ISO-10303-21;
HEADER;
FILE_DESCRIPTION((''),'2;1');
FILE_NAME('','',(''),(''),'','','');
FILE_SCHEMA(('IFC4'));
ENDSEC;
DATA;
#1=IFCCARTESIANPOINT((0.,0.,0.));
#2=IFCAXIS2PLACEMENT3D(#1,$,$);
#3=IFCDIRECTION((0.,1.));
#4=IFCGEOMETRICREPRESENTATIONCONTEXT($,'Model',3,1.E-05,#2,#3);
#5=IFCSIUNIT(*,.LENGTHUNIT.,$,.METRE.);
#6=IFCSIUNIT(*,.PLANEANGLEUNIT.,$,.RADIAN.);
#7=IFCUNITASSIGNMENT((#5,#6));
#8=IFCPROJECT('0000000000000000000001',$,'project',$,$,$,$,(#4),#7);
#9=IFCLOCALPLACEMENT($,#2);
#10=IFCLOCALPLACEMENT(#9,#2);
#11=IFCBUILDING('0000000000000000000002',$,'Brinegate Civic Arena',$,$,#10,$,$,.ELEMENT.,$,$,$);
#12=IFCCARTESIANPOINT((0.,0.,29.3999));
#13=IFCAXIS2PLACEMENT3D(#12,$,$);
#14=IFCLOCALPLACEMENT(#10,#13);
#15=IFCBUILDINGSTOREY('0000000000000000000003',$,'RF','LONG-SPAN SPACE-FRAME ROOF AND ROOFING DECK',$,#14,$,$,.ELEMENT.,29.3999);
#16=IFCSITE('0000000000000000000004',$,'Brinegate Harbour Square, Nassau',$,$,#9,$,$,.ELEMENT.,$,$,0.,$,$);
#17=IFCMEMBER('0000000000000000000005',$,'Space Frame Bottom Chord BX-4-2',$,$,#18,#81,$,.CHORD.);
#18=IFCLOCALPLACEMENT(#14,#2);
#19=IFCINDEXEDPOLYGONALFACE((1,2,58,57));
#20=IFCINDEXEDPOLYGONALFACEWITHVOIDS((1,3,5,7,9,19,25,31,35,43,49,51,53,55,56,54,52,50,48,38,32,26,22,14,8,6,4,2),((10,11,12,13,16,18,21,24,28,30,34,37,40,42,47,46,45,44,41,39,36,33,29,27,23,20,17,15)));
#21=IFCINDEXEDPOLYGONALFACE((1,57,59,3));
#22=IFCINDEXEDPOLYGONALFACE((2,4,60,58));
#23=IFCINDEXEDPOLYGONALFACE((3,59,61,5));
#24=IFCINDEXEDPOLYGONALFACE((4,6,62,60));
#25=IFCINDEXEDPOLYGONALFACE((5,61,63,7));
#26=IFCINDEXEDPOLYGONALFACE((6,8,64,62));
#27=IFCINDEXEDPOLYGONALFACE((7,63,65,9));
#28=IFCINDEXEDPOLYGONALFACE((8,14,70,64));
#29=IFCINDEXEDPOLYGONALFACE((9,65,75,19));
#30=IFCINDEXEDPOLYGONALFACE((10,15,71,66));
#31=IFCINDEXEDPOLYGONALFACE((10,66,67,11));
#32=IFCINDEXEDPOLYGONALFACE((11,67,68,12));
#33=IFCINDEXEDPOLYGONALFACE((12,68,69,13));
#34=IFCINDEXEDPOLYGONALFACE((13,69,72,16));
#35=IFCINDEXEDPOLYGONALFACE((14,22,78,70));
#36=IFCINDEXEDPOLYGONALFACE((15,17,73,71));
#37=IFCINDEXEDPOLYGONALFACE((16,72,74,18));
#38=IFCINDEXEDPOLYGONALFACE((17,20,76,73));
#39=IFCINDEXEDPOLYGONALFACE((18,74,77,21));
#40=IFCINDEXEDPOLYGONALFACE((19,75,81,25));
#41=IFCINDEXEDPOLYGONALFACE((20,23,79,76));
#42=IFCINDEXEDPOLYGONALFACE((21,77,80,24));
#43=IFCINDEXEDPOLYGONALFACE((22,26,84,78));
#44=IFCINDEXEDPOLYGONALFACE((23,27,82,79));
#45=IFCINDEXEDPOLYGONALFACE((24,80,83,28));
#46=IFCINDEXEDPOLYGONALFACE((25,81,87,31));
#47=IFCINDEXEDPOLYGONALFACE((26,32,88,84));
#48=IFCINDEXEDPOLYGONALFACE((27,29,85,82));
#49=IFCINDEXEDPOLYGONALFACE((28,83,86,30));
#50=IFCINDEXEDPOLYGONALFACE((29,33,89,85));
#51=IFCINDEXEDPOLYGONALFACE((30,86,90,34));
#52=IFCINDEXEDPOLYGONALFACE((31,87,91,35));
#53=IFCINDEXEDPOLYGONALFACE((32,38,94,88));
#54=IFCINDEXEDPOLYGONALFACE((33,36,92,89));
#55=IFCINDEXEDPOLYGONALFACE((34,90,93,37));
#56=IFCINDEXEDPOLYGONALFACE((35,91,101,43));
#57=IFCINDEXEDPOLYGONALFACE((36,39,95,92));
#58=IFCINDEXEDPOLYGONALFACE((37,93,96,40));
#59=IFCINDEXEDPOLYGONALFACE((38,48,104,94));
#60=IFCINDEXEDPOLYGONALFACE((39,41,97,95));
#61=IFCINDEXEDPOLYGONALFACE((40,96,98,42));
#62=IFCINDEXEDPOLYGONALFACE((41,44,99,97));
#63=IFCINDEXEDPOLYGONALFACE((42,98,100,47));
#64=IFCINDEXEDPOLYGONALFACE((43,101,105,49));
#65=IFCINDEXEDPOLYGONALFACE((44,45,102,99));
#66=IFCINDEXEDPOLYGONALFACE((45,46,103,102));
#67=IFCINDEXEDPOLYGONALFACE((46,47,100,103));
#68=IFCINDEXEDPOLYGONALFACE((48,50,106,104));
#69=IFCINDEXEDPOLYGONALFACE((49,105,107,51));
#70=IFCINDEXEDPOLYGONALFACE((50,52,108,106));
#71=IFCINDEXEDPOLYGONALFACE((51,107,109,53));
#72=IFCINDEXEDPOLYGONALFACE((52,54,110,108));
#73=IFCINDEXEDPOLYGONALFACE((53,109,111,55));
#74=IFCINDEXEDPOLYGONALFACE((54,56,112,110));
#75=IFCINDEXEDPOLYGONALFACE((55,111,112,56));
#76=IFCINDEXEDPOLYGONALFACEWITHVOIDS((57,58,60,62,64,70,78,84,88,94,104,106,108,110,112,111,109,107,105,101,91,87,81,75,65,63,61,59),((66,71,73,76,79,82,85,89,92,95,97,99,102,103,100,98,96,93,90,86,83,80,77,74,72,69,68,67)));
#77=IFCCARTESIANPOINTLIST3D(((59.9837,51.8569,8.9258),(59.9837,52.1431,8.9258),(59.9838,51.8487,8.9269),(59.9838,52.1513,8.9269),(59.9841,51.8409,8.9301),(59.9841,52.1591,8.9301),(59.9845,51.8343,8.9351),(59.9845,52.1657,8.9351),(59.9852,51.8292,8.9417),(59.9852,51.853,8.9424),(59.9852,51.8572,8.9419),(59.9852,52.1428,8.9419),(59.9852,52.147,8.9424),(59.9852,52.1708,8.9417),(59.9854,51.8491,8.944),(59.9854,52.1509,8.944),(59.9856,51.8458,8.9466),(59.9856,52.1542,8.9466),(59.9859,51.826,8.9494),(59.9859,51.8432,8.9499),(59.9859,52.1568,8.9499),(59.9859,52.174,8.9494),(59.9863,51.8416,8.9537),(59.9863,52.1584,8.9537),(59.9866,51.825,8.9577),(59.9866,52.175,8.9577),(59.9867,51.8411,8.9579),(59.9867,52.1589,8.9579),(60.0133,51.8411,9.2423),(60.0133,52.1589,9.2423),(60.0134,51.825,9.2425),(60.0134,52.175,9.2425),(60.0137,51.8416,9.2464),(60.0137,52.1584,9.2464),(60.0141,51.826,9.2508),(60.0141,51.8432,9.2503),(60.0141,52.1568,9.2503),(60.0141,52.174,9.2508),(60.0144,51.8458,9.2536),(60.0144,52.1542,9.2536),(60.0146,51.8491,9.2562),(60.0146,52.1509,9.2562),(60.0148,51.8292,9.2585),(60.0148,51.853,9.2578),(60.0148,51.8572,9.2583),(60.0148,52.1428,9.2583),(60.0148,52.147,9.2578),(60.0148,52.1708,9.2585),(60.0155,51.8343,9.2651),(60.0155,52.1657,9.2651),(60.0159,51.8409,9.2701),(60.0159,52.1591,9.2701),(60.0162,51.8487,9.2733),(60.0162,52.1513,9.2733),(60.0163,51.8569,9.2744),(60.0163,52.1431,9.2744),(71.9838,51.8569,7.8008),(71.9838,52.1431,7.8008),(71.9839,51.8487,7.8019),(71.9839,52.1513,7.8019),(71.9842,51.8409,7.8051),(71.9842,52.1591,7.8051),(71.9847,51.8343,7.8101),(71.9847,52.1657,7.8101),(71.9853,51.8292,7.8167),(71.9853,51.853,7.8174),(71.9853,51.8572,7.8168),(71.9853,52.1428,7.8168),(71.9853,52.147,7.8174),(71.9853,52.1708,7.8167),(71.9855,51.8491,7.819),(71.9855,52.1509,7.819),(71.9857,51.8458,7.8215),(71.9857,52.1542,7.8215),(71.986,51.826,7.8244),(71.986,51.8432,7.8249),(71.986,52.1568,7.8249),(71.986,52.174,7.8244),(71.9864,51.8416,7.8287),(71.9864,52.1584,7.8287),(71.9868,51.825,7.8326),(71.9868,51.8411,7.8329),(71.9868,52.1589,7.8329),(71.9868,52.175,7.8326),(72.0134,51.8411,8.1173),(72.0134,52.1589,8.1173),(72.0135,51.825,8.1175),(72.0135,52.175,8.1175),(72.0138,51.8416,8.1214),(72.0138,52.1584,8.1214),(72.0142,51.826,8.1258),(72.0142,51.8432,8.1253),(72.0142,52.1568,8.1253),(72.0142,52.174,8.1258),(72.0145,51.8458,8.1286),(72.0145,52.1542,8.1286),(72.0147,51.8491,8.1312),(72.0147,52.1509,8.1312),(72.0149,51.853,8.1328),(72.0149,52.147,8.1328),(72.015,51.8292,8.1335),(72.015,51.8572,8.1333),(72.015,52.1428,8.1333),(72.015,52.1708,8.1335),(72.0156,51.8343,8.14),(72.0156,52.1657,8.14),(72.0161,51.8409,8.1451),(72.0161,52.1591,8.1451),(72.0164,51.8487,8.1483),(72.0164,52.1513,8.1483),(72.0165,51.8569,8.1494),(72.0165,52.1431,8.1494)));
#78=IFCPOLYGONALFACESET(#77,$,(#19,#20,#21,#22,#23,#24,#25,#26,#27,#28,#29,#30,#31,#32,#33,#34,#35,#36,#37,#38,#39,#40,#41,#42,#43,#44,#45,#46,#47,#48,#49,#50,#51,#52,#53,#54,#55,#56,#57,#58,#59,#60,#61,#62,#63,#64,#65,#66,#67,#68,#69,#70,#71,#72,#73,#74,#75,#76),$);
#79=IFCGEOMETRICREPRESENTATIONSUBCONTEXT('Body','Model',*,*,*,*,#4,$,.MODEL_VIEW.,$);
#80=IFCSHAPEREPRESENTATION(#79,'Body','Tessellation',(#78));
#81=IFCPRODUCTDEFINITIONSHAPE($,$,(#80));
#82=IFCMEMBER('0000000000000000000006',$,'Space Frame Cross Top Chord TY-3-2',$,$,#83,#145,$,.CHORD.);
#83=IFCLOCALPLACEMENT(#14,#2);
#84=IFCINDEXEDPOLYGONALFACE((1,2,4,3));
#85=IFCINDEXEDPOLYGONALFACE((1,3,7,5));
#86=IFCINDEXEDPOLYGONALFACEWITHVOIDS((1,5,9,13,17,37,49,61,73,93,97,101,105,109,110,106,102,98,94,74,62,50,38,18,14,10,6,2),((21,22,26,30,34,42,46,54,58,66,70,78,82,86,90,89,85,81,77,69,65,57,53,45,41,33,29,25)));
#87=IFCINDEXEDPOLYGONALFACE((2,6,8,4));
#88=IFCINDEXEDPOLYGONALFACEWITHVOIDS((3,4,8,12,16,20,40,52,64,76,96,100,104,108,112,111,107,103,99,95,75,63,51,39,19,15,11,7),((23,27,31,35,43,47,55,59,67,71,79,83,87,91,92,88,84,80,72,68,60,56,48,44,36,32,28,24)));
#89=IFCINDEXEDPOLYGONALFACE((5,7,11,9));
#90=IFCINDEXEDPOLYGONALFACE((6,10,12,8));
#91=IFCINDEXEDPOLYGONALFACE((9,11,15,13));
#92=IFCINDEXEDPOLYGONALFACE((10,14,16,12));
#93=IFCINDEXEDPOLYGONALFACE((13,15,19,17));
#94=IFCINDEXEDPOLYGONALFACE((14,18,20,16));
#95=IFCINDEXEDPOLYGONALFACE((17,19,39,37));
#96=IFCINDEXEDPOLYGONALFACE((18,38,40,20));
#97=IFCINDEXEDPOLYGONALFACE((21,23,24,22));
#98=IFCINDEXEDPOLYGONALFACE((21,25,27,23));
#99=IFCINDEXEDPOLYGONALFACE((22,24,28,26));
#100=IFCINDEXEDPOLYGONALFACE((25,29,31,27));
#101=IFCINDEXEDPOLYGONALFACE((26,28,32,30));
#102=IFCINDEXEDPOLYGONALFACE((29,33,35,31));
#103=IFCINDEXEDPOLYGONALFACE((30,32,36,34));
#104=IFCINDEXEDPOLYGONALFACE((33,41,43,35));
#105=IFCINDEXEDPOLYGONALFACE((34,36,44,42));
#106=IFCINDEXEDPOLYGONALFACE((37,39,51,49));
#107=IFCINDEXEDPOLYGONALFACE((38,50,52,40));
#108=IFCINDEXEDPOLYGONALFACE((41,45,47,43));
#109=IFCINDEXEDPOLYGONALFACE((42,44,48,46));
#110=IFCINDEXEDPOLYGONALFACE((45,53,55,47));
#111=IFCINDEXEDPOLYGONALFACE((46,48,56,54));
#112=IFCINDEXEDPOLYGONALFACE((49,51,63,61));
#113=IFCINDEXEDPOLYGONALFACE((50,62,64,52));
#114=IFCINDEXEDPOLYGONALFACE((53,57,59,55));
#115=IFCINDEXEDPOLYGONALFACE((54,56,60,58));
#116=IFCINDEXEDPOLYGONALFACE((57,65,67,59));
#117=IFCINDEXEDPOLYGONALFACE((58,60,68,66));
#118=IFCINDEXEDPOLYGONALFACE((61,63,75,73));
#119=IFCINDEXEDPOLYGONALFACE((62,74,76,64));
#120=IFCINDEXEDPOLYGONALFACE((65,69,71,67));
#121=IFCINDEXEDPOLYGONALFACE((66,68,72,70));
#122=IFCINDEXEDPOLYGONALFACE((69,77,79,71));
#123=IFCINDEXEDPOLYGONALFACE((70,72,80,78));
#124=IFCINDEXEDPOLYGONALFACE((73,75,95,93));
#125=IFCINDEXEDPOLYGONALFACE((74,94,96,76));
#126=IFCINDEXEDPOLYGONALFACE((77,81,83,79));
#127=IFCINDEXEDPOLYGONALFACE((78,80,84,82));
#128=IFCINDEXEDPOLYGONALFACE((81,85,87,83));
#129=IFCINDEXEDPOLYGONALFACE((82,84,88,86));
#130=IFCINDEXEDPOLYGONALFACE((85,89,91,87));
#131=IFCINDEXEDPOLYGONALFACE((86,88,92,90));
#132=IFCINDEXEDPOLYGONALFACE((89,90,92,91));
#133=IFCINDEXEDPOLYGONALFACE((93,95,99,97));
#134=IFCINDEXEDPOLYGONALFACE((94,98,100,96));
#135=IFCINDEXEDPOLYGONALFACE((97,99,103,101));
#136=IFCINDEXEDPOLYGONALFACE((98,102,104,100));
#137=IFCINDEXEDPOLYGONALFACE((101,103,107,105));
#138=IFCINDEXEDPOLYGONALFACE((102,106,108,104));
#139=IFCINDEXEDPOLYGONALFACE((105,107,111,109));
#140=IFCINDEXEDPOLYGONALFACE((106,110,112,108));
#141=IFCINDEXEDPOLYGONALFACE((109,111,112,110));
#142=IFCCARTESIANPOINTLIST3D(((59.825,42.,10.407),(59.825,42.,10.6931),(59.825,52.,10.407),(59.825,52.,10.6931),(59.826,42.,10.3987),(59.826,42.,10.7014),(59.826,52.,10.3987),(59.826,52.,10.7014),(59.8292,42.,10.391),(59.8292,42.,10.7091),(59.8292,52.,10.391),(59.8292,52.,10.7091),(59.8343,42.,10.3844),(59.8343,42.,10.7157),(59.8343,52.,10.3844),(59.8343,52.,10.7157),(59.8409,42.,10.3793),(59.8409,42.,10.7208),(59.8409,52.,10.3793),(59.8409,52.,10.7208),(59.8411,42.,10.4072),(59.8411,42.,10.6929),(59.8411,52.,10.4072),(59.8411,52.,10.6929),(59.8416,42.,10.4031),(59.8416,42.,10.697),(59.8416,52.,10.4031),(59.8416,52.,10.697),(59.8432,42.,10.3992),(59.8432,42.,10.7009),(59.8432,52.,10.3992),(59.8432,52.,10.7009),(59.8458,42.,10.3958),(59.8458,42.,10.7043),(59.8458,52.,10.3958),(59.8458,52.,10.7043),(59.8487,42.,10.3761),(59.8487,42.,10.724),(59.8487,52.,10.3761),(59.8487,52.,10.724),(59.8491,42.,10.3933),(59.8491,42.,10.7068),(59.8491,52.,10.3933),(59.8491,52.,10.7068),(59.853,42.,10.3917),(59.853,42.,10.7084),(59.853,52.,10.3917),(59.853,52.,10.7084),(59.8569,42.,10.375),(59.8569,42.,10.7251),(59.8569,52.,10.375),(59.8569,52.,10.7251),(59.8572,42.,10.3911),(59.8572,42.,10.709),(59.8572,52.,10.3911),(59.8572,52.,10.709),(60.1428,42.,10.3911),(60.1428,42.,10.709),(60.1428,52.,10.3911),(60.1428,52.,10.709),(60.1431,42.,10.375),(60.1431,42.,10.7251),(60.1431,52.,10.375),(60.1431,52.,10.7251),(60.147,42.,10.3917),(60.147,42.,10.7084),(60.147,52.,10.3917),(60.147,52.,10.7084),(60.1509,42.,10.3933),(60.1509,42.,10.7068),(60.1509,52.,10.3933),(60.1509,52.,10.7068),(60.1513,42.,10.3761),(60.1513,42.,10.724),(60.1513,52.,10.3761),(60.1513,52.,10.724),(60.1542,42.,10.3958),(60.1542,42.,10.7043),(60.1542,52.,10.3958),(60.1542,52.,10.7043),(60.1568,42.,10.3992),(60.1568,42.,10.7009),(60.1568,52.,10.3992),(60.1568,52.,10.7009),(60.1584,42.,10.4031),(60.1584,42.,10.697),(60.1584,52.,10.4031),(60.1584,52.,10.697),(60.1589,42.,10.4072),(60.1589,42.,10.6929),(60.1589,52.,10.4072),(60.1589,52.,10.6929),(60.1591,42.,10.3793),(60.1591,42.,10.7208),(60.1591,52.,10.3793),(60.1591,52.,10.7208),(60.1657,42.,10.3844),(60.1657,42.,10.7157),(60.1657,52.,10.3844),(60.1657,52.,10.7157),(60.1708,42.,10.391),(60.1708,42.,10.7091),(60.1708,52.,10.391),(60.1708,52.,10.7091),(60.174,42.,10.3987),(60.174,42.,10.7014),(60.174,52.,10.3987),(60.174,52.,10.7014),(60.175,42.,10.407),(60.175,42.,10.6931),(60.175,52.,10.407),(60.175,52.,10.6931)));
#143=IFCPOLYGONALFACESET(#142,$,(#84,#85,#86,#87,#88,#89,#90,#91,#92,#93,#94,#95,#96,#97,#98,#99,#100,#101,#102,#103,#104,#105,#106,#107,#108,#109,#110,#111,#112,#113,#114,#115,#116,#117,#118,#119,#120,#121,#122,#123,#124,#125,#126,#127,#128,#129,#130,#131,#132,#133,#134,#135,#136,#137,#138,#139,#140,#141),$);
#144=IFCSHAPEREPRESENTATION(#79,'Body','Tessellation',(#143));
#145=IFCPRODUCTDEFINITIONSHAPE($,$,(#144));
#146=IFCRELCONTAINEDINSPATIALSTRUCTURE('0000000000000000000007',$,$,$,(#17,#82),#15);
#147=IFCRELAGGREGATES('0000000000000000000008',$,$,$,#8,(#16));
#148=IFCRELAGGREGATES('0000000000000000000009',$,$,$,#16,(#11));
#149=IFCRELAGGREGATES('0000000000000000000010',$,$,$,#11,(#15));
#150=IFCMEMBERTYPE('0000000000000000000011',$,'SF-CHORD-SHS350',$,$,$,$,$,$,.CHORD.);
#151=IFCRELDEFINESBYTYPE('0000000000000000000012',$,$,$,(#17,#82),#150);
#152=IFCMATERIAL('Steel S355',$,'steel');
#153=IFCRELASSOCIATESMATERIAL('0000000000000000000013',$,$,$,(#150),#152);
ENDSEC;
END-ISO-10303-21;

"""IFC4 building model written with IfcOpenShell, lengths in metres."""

from ifc_helpers import new_model, si_unit, direction, frame, origin, origin_2d, place, context, subcontext, project, spatial, hollow_rectangle, extrude, material, material_profile, profile_set, type_object, element, save


model = new_model("IFC4")

# Units and contexts
model_context = context("Model", 3, precision=1e-05, world=origin(), true_north=direction((0.0, 1.0)))
body_context = subcontext(model_context, "Body", "Model", "MODEL_VIEW")
ifc_project = project(units=[si_unit("LENGTHUNIT", "METRE"), si_unit("PLANEANGLEUNIT", "RADIAN")], contexts=[model_context])

# Site, building, storey
site_placement = place(None, origin())
site = spatial("IfcSite", under=ifc_project, at=site_placement, Name="Brinegate Harbour Square, Nassau", CompositionType="ELEMENT", RefElevation=0.0)
building_placement = place(site_placement, origin())
building = spatial("IfcBuilding", under=site, at=building_placement, Name="Brinegate Civic Arena", CompositionType="ELEMENT")
storey_placement = place(building_placement, frame((0.0, 0.0, 29.3999)))
storey = spatial("IfcBuildingStorey", under=building, at=storey_placement, Name="RF", Description="LONG-SPAN SPACE-FRAME ROOF AND ROOFING DECK", CompositionType="ELEMENT", Elevation=29.3999)

# Shared definitions
ifc_material_1 = material(Name="Steel S355", Category="steel")

# Members
ifc_material_profile_1 = material_profile(ifc_material_1, hollow_rectangle(XDim=0.3501, YDim=0.3501, WallThickness=0.0161, InnerFilletRadius=0.0161, OuterFilletRadius=0.032, at=origin_2d()), Name="SHS350X16")
ifc_profile_set_1 = profile_set([ifc_material_profile_1], Name="Steel S355")
member_type_1 = type_object("IfcMemberType", Name="SF-CHORD-SHS350", PredefinedType="CHORD", material=ifc_profile_set_1)
member_1_placement = place(storey_placement, frame((60.0, 52.0, 9.1001), z_axis=(0.995634, 0.0, -0.093341), x_axis=(0.0, 1.0, 0.0)))
element("IfcMember", 1, at=member_1_placement, inside=storey, type_object=member_type_1, Name="Space Frame Bottom Chord BX-4-2", PredefinedType="CHORD", context=body_context, shape_type="SweptSolid", body=[
    extrude(hollow_rectangle(XDim=0.3501, YDim=0.3501, WallThickness=0.0161, InnerFilletRadius=0.0161, OuterFilletRadius=0.032, at=origin_2d()), origin(), (0.0, 0.0, 1.0), 12.0527),
])
member_2_placement = place(storey_placement, frame((60.0, 42.0, 10.55), z_axis=(0.0, 1.0, 0.0), x_axis=(-1.0, 0.0, 0.0)))
element("IfcMember", 2, at=member_2_placement, inside=storey, type_object=member_type_1, Name="Space Frame Cross Top Chord TY-3-2", PredefinedType="CHORD", context=body_context, shape_type="SweptSolid", body=[
    extrude(hollow_rectangle(XDim=0.3501, YDim=0.3501, WallThickness=0.0161, InnerFilletRadius=0.0161, OuterFilletRadius=0.032, at=origin_2d()), origin(), (0.0, 0.0, 1.0), 10.0),
])

save(model, "model.ifc")
